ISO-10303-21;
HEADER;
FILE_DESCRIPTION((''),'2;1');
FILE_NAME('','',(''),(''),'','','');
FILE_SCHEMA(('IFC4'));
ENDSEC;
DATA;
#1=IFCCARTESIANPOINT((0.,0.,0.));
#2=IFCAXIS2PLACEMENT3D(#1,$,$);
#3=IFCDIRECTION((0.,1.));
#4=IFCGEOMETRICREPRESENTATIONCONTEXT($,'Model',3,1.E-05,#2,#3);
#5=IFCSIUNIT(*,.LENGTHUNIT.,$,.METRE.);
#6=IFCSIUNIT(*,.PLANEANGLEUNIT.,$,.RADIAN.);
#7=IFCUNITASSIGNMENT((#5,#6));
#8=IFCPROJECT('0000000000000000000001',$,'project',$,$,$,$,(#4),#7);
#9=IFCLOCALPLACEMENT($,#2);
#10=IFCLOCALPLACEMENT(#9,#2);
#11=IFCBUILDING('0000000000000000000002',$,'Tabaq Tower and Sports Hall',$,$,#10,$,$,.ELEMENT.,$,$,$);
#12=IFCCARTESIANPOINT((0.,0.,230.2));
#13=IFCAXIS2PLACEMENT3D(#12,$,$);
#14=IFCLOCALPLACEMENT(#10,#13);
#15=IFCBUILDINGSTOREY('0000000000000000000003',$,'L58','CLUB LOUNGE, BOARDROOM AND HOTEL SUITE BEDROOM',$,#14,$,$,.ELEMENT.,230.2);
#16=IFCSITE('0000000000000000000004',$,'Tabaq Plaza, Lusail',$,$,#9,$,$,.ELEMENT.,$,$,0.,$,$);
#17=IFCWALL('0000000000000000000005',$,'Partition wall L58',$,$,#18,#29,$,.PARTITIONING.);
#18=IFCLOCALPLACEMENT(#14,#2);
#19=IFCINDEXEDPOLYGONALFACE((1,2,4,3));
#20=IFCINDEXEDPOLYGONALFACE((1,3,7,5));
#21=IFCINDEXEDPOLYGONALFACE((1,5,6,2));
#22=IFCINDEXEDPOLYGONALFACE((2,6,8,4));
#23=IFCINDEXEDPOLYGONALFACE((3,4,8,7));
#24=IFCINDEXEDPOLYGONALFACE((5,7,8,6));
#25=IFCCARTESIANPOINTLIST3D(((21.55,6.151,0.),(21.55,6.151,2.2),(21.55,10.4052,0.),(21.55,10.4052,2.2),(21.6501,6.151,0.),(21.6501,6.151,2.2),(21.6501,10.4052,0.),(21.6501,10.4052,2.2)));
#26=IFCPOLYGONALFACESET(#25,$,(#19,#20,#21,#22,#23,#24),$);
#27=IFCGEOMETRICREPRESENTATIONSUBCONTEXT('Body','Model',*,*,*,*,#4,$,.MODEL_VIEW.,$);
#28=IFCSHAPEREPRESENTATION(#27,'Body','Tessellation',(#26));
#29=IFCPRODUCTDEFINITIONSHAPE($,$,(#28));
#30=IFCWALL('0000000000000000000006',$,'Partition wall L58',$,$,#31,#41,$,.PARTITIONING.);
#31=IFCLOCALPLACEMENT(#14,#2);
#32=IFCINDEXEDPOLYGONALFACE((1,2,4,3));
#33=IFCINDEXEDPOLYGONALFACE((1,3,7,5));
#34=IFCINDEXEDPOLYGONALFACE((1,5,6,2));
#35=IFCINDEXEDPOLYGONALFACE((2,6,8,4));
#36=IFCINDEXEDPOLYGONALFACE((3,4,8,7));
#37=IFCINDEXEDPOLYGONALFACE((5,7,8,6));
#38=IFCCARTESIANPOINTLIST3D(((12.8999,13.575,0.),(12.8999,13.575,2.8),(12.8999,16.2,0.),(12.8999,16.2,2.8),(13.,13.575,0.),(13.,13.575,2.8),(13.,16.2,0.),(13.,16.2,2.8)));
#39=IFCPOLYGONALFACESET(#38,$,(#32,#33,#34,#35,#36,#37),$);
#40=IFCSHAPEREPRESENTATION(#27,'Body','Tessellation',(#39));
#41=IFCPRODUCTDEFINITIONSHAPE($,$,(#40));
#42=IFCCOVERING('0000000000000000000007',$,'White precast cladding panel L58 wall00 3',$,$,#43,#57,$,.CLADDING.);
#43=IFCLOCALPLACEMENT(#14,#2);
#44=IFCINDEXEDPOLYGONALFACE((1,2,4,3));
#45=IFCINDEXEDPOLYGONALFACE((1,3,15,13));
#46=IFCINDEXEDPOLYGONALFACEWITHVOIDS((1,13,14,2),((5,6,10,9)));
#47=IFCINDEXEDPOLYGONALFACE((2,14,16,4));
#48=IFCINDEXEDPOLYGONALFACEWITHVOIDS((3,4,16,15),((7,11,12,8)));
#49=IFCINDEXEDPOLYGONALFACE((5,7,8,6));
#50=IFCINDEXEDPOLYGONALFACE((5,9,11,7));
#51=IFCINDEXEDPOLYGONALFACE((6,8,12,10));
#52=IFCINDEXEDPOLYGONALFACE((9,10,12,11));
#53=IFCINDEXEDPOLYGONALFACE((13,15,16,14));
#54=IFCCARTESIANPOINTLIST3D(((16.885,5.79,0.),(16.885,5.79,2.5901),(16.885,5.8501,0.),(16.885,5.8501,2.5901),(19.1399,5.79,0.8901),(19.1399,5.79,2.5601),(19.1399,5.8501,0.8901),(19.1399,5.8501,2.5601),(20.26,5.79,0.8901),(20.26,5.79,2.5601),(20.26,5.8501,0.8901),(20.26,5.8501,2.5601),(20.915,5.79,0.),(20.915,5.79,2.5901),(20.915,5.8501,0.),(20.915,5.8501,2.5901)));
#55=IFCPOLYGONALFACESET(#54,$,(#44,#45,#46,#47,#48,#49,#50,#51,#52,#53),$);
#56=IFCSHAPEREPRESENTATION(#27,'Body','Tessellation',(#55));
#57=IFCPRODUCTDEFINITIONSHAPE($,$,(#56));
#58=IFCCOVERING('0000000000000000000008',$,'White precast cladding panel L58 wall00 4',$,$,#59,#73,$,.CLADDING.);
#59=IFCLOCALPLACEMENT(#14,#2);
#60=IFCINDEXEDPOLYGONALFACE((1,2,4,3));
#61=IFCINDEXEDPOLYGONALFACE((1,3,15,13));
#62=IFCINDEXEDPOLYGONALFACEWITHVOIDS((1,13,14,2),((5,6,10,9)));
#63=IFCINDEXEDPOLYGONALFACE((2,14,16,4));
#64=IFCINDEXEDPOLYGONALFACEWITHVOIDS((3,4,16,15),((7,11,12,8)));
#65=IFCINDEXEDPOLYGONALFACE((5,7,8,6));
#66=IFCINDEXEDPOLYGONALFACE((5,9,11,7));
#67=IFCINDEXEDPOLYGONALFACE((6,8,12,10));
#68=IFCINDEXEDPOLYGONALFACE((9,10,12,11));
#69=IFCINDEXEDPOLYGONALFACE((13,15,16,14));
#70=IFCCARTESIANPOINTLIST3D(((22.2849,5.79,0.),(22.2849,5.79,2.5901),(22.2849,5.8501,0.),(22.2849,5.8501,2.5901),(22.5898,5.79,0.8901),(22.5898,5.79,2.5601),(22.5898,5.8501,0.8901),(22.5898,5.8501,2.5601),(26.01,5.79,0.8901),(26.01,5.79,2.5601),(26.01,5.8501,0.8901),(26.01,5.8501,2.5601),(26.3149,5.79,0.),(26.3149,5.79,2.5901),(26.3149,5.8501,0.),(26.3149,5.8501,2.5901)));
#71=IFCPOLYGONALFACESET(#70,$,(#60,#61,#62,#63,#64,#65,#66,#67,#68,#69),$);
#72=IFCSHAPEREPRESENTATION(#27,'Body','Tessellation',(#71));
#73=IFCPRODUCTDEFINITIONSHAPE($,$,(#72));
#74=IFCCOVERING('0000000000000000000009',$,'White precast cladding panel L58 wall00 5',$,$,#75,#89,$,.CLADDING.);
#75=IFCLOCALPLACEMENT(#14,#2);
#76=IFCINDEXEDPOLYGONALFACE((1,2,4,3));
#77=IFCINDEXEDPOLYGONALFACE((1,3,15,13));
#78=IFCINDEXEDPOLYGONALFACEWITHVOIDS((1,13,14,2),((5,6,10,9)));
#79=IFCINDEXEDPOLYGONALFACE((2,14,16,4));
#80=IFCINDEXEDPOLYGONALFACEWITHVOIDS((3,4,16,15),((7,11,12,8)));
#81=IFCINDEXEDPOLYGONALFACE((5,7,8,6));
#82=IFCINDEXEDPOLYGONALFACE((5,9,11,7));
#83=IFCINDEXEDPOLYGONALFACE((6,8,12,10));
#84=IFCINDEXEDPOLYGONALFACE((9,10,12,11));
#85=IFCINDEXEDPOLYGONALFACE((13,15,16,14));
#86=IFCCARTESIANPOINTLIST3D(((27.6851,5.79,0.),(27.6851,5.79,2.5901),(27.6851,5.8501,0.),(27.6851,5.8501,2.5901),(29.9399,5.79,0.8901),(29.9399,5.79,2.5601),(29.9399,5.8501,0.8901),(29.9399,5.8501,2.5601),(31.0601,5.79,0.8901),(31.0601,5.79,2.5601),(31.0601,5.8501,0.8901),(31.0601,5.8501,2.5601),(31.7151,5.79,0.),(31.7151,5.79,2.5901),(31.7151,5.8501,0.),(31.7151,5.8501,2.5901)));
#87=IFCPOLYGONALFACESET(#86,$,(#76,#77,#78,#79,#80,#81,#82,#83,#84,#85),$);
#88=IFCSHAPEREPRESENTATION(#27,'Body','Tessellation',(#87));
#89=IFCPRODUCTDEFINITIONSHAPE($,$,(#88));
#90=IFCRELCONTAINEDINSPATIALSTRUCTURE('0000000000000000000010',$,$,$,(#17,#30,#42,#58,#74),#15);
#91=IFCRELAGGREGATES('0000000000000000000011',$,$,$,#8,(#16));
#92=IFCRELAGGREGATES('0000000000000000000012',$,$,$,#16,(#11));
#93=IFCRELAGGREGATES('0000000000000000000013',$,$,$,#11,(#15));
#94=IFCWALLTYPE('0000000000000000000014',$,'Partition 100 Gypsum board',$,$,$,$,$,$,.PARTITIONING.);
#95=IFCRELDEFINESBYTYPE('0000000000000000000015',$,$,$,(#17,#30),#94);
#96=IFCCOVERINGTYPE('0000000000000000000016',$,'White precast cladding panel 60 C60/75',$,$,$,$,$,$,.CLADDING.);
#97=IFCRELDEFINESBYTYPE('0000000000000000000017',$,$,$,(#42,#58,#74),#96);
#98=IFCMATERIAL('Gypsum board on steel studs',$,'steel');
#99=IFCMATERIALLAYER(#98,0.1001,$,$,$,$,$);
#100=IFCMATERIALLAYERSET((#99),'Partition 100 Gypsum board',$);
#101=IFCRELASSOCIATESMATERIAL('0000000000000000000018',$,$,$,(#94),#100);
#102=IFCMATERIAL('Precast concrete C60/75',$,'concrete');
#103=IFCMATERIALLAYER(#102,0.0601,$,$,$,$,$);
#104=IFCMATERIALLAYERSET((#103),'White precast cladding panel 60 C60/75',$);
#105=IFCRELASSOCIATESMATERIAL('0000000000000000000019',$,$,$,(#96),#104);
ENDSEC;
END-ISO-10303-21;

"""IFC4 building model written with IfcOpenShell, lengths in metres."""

from ifc_helpers import new_model, si_unit, direction, frame, frame_2d, origin, place, context, subcontext, project, spatial, polyline, rectangle, outline, extrude, material, layer, layer_set, type_object, element, save


model = new_model("IFC4")

# Units and contexts
model_context = context("Model", 3, precision=1e-05, world=origin(), true_north=direction((0.0, 1.0)))
body_context = subcontext(model_context, "Body", "Model", "MODEL_VIEW")
ifc_project = project(units=[si_unit("LENGTHUNIT", "METRE"), si_unit("PLANEANGLEUNIT", "RADIAN")], contexts=[model_context])

# Site, building, storey
site_placement = place(None, origin())
site = spatial("IfcSite", under=ifc_project, at=site_placement, Name="Tabaq Plaza, Lusail", CompositionType="ELEMENT", RefElevation=0.0)
building_placement = place(site_placement, origin())
building = spatial("IfcBuilding", under=site, at=building_placement, Name="Tabaq Tower and Sports Hall", CompositionType="ELEMENT")
storey_placement = place(building_placement, frame((0.0, 0.0, 230.2)))
storey = spatial("IfcBuildingStorey", under=building, at=storey_placement, Name="L58", Description="CLUB LOUNGE, BOARDROOM AND HOTEL SUITE BEDROOM", CompositionType="ELEMENT", Elevation=230.2)

# Walls
ifc_material_1 = material(Name="Gypsum board on steel studs", Category="steel")
ifc_layer_1 = layer(ifc_material_1, 0.1001)
ifc_layer_set_1 = layer_set([ifc_layer_1], Name="Partition 100 Gypsum board")
wall_type = type_object("IfcWallType", Name="Partition 100 Gypsum board", PredefinedType="PARTITIONING", material=ifc_layer_set_1)
wall_1_placement = place(storey_placement, frame((21.6001, 10.405, 0.0), z_axis=(0.0, 0.0, 1.0), x_axis=(0.0, -1.0, 0.0)))
element("IfcWall", 1, at=wall_1_placement, inside=storey, type_object=wall_type, Name="Partition wall L58", PredefinedType="PARTITIONING", context=body_context, shape_type="SweptSolid", body=[
    extrude(rectangle(XDim=4.2542, YDim=0.1001, at=frame_2d((2.127, 0.0))), origin(), (0.0, 0.0, 1.0), 2.2),
])
wall_2_placement = place(storey_placement, frame((12.95, 13.575, 0.0), z_axis=(0.0, 0.0, 1.0), x_axis=(0.0, 1.0, 0.0)))
element("IfcWall", 2, at=wall_2_placement, inside=storey, type_object=wall_type, Name="Partition wall L58", PredefinedType="PARTITIONING", context=body_context, shape_type="SweptSolid", body=[
    extrude(rectangle(XDim=2.625, YDim=0.1001, at=frame_2d((1.3125, 0.0))), origin(), (0.0, 0.0, 1.0), 2.8),
])

# Coverings
ifc_material_2 = material(Name="Precast concrete C60/75", Category="concrete")
ifc_layer_2 = layer(ifc_material_2, 0.0601)
ifc_layer_set_2 = layer_set([ifc_layer_2], Name="White precast cladding panel 60 C60/75")
covering_type = type_object("IfcCoveringType", Name="White precast cladding panel 60 C60/75", PredefinedType="CLADDING", material=ifc_layer_set_2)
covering_1_placement = place(storey_placement, frame((16.885, 5.8201, 0.0), z_axis=(0.0, 0.0, 1.0), x_axis=(1.0, 0.0, 0.0)))
element("IfcCovering", 3, at=covering_1_placement, inside=storey, type_object=covering_type, Name="White precast cladding panel L58 wall00 3", PredefinedType="CLADDING", context=body_context, shape_type="SweptSolid", body=[
    extrude(outline(polyline([(0.0, 0.0), (4.03, 0.0), (4.03, 2.5901), (0.0, 2.5901), (0.0, 0.0)]), holes=[polyline([(3.375, 0.8901), (2.2549, 0.8901), (2.2549, 2.5601), (3.375, 2.5601), (3.375, 0.8901)])]), frame((0.0, 0.03, 0.0), z_axis=(0.0, -1.0, 0.0), x_axis=(1.0, 0.0, 0.0)), (0.0, 0.0, 1.0), 0.0601),
])
covering_2_placement = place(storey_placement, frame((22.2849, 5.8201, 0.0), z_axis=(0.0, 0.0, 1.0), x_axis=(1.0, 0.0, 0.0)))
element("IfcCovering", 4, at=covering_2_placement, inside=storey, type_object=covering_type, Name="White precast cladding panel L58 wall00 4", PredefinedType="CLADDING", context=body_context, shape_type="SweptSolid", body=[
    extrude(outline(polyline([(0.0, 0.0), (4.03, 0.0), (4.03, 2.5901), (0.0, 2.5901), (0.0, 0.0)]), holes=[polyline([(3.7251, 0.8901), (0.3049, 0.8901), (0.3049, 2.5601), (3.7251, 2.5601), (3.7251, 0.8901)])]), frame((0.0, 0.03, 0.0), z_axis=(0.0, -1.0, 0.0), x_axis=(1.0, 0.0, 0.0)), (0.0, 0.0, 1.0), 0.0601),
])
covering_3_placement = place(storey_placement, frame((27.6851, 5.8201, 0.0), z_axis=(0.0, 0.0, 1.0), x_axis=(1.0, 0.0, 0.0)))
element("IfcCovering", 5, at=covering_3_placement, inside=storey, type_object=covering_type, Name="White precast cladding panel L58 wall00 5", PredefinedType="CLADDING", context=body_context, shape_type="SweptSolid", body=[
    extrude(outline(polyline([(0.0, 0.0), (4.03, 0.0), (4.03, 2.5901), (0.0, 2.5901), (0.0, 0.0)]), holes=[polyline([(3.375, 0.8901), (2.2549, 0.8901), (2.2549, 2.5601), (3.375, 2.5601), (3.375, 0.8901)])]), frame((0.0, 0.03, 0.0), z_axis=(0.0, -1.0, 0.0), x_axis=(1.0, 0.0, 0.0)), (0.0, 0.0, 1.0), 0.0601),
])

save(model, "model.ifc")
